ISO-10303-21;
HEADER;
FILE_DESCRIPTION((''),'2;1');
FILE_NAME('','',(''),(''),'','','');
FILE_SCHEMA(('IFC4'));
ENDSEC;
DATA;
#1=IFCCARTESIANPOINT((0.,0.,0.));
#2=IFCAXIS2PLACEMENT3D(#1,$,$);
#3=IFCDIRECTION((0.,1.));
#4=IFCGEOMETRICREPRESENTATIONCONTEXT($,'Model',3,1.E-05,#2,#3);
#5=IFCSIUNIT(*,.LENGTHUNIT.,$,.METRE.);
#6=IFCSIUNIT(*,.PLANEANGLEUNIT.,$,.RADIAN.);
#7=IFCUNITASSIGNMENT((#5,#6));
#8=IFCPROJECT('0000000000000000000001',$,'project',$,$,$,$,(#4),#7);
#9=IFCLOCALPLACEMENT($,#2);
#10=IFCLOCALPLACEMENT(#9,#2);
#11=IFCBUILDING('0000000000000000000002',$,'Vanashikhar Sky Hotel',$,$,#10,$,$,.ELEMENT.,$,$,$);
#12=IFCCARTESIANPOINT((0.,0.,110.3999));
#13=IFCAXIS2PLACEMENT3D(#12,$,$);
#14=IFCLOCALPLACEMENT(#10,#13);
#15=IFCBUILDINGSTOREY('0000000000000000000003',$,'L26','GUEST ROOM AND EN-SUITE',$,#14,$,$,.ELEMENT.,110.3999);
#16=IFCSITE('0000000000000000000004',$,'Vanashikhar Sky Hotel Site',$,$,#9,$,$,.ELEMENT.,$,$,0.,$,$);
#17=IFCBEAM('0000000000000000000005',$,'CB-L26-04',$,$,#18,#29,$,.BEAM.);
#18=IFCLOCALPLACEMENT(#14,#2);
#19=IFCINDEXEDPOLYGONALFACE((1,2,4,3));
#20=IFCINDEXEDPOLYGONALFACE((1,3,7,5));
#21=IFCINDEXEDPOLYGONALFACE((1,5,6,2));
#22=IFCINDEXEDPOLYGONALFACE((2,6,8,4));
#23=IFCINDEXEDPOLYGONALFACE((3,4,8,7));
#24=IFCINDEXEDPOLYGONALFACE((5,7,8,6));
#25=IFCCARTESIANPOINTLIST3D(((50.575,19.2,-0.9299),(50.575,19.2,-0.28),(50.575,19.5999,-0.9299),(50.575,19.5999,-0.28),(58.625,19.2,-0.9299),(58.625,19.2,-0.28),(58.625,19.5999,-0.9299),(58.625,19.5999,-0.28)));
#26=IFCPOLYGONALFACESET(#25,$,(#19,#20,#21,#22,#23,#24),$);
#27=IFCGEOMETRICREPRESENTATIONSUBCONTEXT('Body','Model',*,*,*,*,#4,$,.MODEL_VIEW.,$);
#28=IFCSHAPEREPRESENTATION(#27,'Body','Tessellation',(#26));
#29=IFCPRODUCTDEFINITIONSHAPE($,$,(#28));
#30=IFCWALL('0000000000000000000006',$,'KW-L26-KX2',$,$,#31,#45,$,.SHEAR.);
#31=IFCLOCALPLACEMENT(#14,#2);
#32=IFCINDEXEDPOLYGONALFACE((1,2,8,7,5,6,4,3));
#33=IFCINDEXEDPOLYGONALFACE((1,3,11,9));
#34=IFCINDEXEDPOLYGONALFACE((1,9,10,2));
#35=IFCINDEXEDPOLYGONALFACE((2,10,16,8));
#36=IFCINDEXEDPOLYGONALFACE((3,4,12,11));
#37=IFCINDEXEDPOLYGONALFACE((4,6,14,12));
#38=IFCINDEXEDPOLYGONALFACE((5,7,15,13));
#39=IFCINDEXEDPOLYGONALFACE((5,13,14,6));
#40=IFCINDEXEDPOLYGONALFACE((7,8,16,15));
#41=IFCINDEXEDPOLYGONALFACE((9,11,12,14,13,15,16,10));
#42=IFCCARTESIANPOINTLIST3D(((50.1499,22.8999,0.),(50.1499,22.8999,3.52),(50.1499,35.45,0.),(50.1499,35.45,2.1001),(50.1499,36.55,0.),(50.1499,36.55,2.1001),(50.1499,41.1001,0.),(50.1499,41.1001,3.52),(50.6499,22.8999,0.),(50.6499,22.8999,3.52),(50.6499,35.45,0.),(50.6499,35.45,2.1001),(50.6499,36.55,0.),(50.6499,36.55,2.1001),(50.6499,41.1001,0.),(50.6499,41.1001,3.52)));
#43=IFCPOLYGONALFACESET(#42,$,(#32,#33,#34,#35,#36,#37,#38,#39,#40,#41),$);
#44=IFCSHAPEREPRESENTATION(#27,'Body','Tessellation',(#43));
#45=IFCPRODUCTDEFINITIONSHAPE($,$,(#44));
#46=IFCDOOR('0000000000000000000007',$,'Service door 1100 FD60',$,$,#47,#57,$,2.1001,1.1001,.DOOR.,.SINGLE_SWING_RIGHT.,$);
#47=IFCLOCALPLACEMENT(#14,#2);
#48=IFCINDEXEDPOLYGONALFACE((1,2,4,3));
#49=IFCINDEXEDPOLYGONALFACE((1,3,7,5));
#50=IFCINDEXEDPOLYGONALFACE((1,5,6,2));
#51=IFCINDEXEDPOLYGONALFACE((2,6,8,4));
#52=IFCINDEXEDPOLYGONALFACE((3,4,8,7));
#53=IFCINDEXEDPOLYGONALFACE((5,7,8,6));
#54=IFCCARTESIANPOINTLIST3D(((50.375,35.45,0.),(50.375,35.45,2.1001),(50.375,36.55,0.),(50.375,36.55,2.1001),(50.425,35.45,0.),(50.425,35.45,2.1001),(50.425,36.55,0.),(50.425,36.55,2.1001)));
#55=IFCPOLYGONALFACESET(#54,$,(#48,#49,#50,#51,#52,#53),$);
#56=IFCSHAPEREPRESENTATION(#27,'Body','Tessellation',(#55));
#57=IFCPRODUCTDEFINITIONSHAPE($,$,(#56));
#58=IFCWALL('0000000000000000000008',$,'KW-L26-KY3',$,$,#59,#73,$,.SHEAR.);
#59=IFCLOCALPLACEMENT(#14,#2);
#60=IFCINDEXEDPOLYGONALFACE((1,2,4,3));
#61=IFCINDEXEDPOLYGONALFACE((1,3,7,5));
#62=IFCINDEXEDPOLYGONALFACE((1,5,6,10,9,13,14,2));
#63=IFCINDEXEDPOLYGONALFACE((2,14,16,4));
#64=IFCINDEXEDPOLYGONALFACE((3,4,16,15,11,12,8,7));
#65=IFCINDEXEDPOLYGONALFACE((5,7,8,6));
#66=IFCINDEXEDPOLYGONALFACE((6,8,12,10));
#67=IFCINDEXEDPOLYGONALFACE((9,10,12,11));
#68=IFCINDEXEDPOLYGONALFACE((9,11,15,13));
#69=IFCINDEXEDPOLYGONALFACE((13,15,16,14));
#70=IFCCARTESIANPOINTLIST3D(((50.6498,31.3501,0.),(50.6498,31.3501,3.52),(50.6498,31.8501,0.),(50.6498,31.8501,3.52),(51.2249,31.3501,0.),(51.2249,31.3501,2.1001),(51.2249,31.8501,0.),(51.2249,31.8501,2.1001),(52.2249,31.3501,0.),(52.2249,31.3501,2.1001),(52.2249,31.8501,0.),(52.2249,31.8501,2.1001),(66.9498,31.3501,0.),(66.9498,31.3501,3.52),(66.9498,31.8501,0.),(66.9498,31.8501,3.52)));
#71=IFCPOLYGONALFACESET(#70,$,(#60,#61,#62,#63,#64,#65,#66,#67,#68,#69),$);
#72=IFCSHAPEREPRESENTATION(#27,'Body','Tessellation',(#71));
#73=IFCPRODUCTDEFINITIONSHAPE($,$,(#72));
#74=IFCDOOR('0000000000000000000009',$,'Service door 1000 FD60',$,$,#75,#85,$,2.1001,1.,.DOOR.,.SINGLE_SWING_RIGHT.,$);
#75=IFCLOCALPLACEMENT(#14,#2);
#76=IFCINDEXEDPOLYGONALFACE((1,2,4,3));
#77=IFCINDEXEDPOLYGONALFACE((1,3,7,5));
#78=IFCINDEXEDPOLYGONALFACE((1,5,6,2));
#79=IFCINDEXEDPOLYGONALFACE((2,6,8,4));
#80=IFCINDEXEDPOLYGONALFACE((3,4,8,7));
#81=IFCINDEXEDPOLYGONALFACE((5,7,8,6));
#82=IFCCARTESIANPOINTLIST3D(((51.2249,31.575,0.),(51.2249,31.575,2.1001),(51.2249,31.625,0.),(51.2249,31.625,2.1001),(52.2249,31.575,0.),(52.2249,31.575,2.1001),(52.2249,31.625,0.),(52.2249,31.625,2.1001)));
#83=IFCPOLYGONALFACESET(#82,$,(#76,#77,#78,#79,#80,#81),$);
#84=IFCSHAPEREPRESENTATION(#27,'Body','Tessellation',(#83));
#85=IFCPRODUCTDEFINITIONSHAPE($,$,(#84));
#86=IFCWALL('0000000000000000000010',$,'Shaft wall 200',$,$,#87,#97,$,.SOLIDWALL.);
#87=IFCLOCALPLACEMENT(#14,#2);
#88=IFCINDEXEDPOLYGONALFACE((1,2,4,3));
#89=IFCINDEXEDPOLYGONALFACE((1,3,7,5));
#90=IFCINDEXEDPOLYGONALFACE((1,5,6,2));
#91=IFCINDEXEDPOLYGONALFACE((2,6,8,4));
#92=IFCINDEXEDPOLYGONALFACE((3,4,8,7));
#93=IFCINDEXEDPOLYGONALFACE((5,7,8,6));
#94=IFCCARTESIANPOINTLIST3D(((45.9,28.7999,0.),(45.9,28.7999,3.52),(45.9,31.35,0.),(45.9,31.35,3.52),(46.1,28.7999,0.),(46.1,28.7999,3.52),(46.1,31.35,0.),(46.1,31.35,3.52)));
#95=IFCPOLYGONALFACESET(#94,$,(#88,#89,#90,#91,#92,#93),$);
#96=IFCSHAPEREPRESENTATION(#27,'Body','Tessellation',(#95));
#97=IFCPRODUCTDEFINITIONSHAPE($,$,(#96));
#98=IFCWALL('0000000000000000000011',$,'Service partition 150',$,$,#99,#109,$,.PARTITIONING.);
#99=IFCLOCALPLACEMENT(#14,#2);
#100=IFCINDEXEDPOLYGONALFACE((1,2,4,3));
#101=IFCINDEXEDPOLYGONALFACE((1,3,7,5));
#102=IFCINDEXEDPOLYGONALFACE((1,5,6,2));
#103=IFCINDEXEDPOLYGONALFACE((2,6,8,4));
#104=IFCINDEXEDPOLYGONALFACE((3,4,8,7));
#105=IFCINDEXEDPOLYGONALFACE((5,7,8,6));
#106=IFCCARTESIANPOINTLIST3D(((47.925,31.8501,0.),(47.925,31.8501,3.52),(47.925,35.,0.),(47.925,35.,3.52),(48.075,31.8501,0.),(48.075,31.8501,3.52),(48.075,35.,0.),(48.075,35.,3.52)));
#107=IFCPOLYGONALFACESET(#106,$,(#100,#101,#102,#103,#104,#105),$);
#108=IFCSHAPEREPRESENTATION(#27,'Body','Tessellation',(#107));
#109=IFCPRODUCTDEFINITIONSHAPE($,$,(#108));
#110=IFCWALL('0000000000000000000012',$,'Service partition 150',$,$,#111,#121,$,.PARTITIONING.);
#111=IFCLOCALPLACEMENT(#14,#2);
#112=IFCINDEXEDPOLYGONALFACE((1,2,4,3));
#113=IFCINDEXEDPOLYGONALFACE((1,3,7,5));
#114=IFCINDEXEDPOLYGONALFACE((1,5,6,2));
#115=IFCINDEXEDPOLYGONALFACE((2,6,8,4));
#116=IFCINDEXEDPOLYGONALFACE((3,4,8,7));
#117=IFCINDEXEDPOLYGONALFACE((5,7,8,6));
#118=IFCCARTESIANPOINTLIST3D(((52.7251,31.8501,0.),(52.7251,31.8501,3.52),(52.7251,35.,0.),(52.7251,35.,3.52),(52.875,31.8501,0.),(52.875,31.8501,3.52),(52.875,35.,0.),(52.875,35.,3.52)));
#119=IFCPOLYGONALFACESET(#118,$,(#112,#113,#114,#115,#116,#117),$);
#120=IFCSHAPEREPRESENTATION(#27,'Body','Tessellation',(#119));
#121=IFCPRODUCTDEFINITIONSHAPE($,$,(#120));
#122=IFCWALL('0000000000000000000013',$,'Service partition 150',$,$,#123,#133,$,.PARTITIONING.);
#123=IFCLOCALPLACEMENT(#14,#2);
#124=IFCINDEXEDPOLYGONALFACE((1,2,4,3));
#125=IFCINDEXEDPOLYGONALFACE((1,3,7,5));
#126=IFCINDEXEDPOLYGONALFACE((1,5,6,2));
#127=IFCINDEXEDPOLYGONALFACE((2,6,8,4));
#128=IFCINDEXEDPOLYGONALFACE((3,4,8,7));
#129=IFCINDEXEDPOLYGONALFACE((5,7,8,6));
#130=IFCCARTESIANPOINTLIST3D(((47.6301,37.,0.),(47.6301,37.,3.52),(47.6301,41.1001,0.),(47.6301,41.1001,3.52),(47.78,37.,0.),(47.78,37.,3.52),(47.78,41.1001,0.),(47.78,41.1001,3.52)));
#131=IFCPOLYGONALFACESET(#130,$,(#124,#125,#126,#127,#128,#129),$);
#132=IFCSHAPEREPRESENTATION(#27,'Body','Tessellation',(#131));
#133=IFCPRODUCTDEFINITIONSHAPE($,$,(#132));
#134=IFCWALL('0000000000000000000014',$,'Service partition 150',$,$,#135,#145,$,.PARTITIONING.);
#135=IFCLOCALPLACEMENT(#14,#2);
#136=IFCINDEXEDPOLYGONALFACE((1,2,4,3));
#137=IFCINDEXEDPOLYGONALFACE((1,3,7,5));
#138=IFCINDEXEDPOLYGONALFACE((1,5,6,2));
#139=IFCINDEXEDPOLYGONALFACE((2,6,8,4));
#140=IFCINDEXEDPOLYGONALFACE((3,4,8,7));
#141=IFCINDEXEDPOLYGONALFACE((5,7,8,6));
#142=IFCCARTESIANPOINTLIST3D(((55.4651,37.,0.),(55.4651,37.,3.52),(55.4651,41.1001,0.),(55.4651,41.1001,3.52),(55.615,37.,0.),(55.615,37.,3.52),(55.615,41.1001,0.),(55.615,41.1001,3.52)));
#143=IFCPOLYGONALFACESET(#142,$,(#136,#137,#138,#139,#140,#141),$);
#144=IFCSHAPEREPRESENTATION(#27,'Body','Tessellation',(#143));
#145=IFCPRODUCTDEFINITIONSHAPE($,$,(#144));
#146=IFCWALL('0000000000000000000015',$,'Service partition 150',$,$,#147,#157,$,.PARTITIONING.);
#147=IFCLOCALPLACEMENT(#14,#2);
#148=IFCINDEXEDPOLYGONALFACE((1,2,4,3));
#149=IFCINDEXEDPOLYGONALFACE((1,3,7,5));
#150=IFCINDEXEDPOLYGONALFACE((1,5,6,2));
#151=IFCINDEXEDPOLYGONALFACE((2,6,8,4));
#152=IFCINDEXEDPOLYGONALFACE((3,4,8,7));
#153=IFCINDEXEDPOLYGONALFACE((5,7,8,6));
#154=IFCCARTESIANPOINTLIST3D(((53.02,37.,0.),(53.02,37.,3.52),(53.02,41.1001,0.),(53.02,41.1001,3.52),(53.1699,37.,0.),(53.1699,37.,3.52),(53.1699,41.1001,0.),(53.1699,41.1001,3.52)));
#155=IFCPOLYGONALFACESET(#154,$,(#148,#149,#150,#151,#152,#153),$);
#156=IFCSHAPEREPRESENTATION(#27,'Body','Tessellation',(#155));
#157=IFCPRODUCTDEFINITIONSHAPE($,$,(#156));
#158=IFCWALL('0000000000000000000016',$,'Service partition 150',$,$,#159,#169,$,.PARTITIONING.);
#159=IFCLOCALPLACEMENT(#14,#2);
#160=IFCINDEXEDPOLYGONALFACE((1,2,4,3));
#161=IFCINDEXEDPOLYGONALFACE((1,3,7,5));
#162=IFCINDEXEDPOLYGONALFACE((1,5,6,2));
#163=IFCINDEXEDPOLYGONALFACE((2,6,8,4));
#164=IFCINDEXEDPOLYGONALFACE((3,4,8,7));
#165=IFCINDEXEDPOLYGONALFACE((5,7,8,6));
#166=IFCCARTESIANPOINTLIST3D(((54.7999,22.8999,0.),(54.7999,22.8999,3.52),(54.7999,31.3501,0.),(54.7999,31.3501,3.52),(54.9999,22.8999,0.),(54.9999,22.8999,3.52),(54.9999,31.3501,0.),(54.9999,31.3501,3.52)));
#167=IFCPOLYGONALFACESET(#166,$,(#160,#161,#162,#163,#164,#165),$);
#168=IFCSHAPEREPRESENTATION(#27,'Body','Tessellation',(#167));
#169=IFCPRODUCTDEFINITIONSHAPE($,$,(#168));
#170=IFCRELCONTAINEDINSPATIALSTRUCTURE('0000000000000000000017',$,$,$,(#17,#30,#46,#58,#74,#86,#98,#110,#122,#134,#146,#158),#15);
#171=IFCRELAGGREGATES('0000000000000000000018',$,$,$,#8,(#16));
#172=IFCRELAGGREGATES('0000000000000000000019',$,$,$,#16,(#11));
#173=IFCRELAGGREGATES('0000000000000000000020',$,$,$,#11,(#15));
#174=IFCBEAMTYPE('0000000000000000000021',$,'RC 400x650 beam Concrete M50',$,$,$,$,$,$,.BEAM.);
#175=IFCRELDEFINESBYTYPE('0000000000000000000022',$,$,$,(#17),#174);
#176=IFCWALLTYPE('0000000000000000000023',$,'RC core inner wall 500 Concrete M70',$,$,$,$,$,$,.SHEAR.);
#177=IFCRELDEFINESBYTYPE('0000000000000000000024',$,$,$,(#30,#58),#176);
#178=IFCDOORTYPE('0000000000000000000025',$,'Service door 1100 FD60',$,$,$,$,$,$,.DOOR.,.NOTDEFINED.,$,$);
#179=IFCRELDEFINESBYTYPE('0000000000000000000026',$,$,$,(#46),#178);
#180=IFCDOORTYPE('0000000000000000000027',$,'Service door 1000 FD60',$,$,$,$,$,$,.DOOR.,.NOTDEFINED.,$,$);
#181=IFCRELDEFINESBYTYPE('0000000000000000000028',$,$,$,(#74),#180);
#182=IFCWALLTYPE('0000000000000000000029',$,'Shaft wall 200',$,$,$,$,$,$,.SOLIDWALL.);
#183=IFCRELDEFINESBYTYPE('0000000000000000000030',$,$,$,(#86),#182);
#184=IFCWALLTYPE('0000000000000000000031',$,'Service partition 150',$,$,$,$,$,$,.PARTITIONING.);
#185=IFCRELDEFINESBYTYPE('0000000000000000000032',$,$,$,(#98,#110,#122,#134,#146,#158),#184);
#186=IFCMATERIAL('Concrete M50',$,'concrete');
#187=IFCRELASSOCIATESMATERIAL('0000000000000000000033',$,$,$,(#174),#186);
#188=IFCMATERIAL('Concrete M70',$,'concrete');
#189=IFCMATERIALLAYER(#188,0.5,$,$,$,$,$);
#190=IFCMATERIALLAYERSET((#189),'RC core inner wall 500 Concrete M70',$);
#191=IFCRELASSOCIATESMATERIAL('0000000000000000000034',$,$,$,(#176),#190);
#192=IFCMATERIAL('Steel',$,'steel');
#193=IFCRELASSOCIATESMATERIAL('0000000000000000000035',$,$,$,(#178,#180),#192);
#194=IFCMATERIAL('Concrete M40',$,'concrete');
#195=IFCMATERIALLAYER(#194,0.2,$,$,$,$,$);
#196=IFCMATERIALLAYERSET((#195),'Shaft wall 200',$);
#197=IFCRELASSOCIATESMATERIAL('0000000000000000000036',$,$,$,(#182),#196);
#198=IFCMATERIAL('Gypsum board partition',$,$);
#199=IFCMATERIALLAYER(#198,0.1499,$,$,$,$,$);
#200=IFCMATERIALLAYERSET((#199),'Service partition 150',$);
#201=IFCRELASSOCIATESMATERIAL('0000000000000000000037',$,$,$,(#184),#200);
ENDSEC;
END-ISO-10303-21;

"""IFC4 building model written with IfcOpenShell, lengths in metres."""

from ifc_helpers import new_model, si_unit, direction, frame, frame_2d, origin, origin_2d, place, context, subcontext, project, spatial, rectangle, extrude, source, transform, mapped, material, layer, layer_set, material_profile, profile_set, type_object, element, fill, save


model = new_model("IFC4")

# Units and contexts
model_context = context("Model", 3, precision=1e-05, world=origin(), true_north=direction((0.0, 1.0)))
body_context = subcontext(model_context, "Body", "Model", "MODEL_VIEW")
ifc_project = project(units=[si_unit("LENGTHUNIT", "METRE"), si_unit("PLANEANGLEUNIT", "RADIAN")], contexts=[model_context])

# Site, building, storey
site_placement = place(None, origin())
site = spatial("IfcSite", under=ifc_project, at=site_placement, Name="Vanashikhar Sky Hotel Site", CompositionType="ELEMENT", RefElevation=0.0)
building_placement = place(site_placement, origin())
building = spatial("IfcBuilding", under=site, at=building_placement, Name="Vanashikhar Sky Hotel", CompositionType="ELEMENT")
storey_placement = place(building_placement, frame((0.0, 0.0, 110.3999)))
storey = spatial("IfcBuildingStorey", under=building, at=storey_placement, Name="L26", Description="GUEST ROOM AND EN-SUITE", CompositionType="ELEMENT", Elevation=110.3999)

# Beam
ifc_material_1 = material(Name="Concrete M50", Category="concrete")
ifc_material_profile = material_profile(ifc_material_1, rectangle(XDim=0.3999, YDim=0.6499, at=origin_2d()))
ifc_profile_set = profile_set([ifc_material_profile], Name="RC 400x650 beam Concrete M50")
beam_type = type_object("IfcBeamType", Name="RC 400x650 beam Concrete M50", PredefinedType="BEAM", material=ifc_profile_set)
shared_shape_1 = source(origin(), body_context, "Body", "SweptSolid", [
    extrude(rectangle(XDim=0.3999, YDim=0.6499, at=origin_2d()), origin(), (0.0, 0.0, 1.0), 8.05),
])
beam_placement = place(storey_placement, frame((50.575, 19.3999, -0.605), z_axis=(1.0, 0.0, 0.0), x_axis=(0.0, 1.0, 0.0)))
element("IfcBeam", 1, at=beam_placement, inside=storey, type_object=beam_type, Name="CB-L26-04", PredefinedType="BEAM", context=body_context, shape_type="MappedRepresentation", body=[
    mapped(shared_shape_1, transform((0.0, 0.0, 0.0), scale=1.0)),
])

# Walls, openings, doors
ifc_material_2 = material(Name="Concrete M70", Category="concrete")
ifc_layer_1 = layer(ifc_material_2, 0.5)
ifc_layer_set_1 = layer_set([ifc_layer_1], Name="RC core inner wall 500 Concrete M70")
wall_type_1 = type_object("IfcWallType", Name="RC core inner wall 500 Concrete M70", PredefinedType="SHEAR", material=ifc_layer_set_1)
shared_shape_2 = source(origin(), body_context, "Body", "SweptSolid", [
    extrude(rectangle(XDim=18.2002, YDim=0.5, at=frame_2d((9.1001, 0.0))), origin(), (0.0, 0.0, 1.0), 3.52),
])
wall_1_placement = place(storey_placement, frame((50.3999, 22.8999, 0.0), z_axis=(0.0, 0.0, 1.0), x_axis=(0.0, 1.0, 0.0)))
wall_1 = element("IfcWall", 2, at=wall_1_placement, inside=storey, type_object=wall_type_1, Name="KW-L26-KX2", PredefinedType="SHEAR", context=body_context, shape_type="MappedRepresentation", body=[
    mapped(shared_shape_2, transform((0.0, 0.0, 0.0), scale=1.0)),
])
shared_shape_3 = source(origin(), body_context, "Body", "SweptSolid", [
    extrude(rectangle(XDim=1.1001, YDim=2.1001, at=frame_2d((0.55, 1.05))), frame((0.0, 0.26, 0.0), z_axis=(0.0, -1.0, 0.0), x_axis=(1.0, 0.0, 0.0)), (0.0, 0.0, 1.0), 0.52),
])
opening_1_placement = place(wall_1_placement, frame((12.55, 0.0, 0.0)))
opening_1 = element("IfcOpeningElement", 3, at=opening_1_placement, cuts=wall_1, PredefinedType="OPENING", context=body_context, shape_type="MappedRepresentation", body=[
    mapped(shared_shape_3, transform((0.0, 0.0, 0.0), scale=1.0)),
])
ifc_material_3 = material(Name="Steel", Category="steel")
door_type_1 = type_object("IfcDoorType", Name="Service door 1100 FD60", OperationType="NOTDEFINED", PredefinedType="DOOR", material=ifc_material_3)
shared_shape_4 = source(origin(), body_context, "Body", "SweptSolid", [
    extrude(rectangle(XDim=1.1001, YDim=2.1001, at=frame_2d((0.55, 1.05))), frame((0.0, 0.0249, 0.0), z_axis=(0.0, -1.0, 0.0), x_axis=(1.0, 0.0, 0.0)), (0.0, 0.0, 1.0), 0.05),
])
door_1_placement = place(opening_1_placement, origin())
door_1 = element("IfcDoor", 4, at=door_1_placement, inside=storey, type_object=door_type_1, Name="Service door 1100 FD60", OperationType="SINGLE_SWING_RIGHT", OverallHeight=2.1001, OverallWidth=1.1001, PredefinedType="DOOR", context=body_context, shape_type="MappedRepresentation", body=[
    mapped(shared_shape_4, transform((0.0, 0.0, 0.0), scale=1.0)),
])
fill(opening_1, door_1)
shared_shape_5 = source(origin(), body_context, "Body", "SweptSolid", [
    extrude(rectangle(XDim=16.3, YDim=0.5, at=frame_2d((8.1499, 0.0))), origin(), (0.0, 0.0, 1.0), 3.52),
])
wall_2_placement = place(storey_placement, frame((50.6499, 31.6001, 0.0), z_axis=(0.0, 0.0, 1.0), x_axis=(1.0, 0.0, 0.0)))
wall_2 = element("IfcWall", 5, at=wall_2_placement, inside=storey, type_object=wall_type_1, Name="KW-L26-KY3", PredefinedType="SHEAR", context=body_context, shape_type="MappedRepresentation", body=[
    mapped(shared_shape_5, transform((0.0, 0.0, 0.0), scale=1.0)),
])
shared_shape_6 = source(origin(), body_context, "Body", "SweptSolid", [
    extrude(rectangle(XDim=1.0, YDim=2.1001, at=frame_2d((0.5, 1.05))), frame((0.0, 0.26, 0.0), z_axis=(0.0, -1.0, 0.0), x_axis=(1.0, 0.0, 0.0)), (0.0, 0.0, 1.0), 0.52),
])
opening_2_placement = place(wall_2_placement, frame((0.575, 0.0, 0.0)))
opening_2 = element("IfcOpeningElement", 6, at=opening_2_placement, cuts=wall_2, PredefinedType="OPENING", context=body_context, shape_type="MappedRepresentation", body=[
    mapped(shared_shape_6, transform((0.0, 0.0, 0.0), scale=1.0)),
])
door_type_2 = type_object("IfcDoorType", Name="Service door 1000 FD60", OperationType="NOTDEFINED", PredefinedType="DOOR", material=ifc_material_3)
shared_shape_7 = source(origin(), body_context, "Body", "SweptSolid", [
    extrude(rectangle(XDim=1.0, YDim=2.1001, at=frame_2d((0.5, 1.05))), frame((0.0, 0.0249, 0.0), z_axis=(0.0, -1.0, 0.0), x_axis=(1.0, 0.0, 0.0)), (0.0, 0.0, 1.0), 0.05),
])
door_2_placement = place(opening_2_placement, origin())
door_2 = element("IfcDoor", 7, at=door_2_placement, inside=storey, type_object=door_type_2, Name="Service door 1000 FD60", OperationType="SINGLE_SWING_RIGHT", OverallHeight=2.1001, OverallWidth=1.0, PredefinedType="DOOR", context=body_context, shape_type="MappedRepresentation", body=[
    mapped(shared_shape_7, transform((0.0, 0.0, 0.0), scale=1.0)),
])
fill(opening_2, door_2)

# Walls
ifc_material_4 = material(Name="Concrete M40", Category="concrete")
ifc_layer_2 = layer(ifc_material_4, 0.2)
ifc_layer_set_2 = layer_set([ifc_layer_2], Name="Shaft wall 200")
wall_type_2 = type_object("IfcWallType", Name="Shaft wall 200", PredefinedType="SOLIDWALL", material=ifc_layer_set_2)
shared_shape_8 = source(origin(), body_context, "Body", "SweptSolid", [
    extrude(rectangle(XDim=2.55, YDim=0.2, at=frame_2d((1.2749, 0.0))), origin(), (0.0, 0.0, 1.0), 3.52),
])
wall_3_placement = place(storey_placement, frame((46.0, 28.8, 0.0), z_axis=(0.0, 0.0, 1.0), x_axis=(0.0, 1.0, 0.0)))
element("IfcWall", 8, at=wall_3_placement, inside=storey, type_object=wall_type_2, Name="Shaft wall 200", PredefinedType="SOLIDWALL", context=body_context, shape_type="MappedRepresentation", body=[
    mapped(shared_shape_8, transform((0.0, 0.0, 0.0), scale=1.0)),
])
ifc_material_5 = material(Name="Gypsum board partition")
ifc_layer_3 = layer(ifc_material_5, 0.1499)
ifc_layer_set_3 = layer_set([ifc_layer_3], Name="Service partition 150")
wall_type_3 = type_object("IfcWallType", Name="Service partition 150", PredefinedType="PARTITIONING", material=ifc_layer_set_3)
shared_shape_9 = source(origin(), body_context, "Body", "SweptSolid", [
    extrude(rectangle(XDim=3.1499, YDim=0.1499, at=frame_2d((1.575, 0.0))), origin(), (0.0, 0.0, 1.0), 3.52),
])
for number, where, z_axis, x_axis, name in (
    (9, (48.0, 31.8501, 0.0), (0.0, 0.0, 1.0), (0.0, 1.0, 0.0), "Service partition 150"),
    (10, (52.8, 31.8501, 0.0), (0.0, 0.0, 1.0), (0.0, 1.0, 0.0), "Service partition 150"),
):
    element("IfcWall", number, at=place(storey_placement, frame(where, z_axis=z_axis, x_axis=x_axis)), inside=storey, type_object=wall_type_3, Name=name, PredefinedType="PARTITIONING", context=body_context, shape_type="MappedRepresentation", body=[
        mapped(shared_shape_9, transform((0.0, 0.0, 0.0), scale=1.0)),
    ])
shared_shape_10 = source(origin(), body_context, "Body", "SweptSolid", [
    extrude(rectangle(XDim=4.1001, YDim=0.1499, at=frame_2d((2.05, 0.0))), origin(), (0.0, 0.0, 1.0), 3.52),
])
for number, where, z_axis, x_axis, name in (
    (11, (47.7051, 37.0, 0.0), (0.0, 0.0, 1.0), (0.0, 1.0, 0.0), "Service partition 150"),
    (12, (55.54, 37.0, 0.0), (0.0, 0.0, 1.0), (0.0, 1.0, 0.0), "Service partition 150"),
    (13, (53.095, 37.0, 0.0), (0.0, 0.0, 1.0), (0.0, 1.0, 0.0), "Service partition 150"),
):
    element("IfcWall", number, at=place(storey_placement, frame(where, z_axis=z_axis, x_axis=x_axis)), inside=storey, type_object=wall_type_3, Name=name, PredefinedType="PARTITIONING", context=body_context, shape_type="MappedRepresentation", body=[
        mapped(shared_shape_10, transform((0.0, 0.0, 0.0), scale=1.0)),
    ])
shared_shape_11 = source(origin(), body_context, "Body", "SweptSolid", [
    extrude(rectangle(XDim=8.4502, YDim=0.2, at=frame_2d((4.2251, 0.0))), origin(), (0.0, 0.0, 1.0), 3.52),
])
wall_4_placement = place(storey_placement, frame((54.8999, 22.8999, 0.0), z_axis=(0.0, 0.0, 1.0), x_axis=(0.0, 1.0, 0.0)))
element("IfcWall", 14, at=wall_4_placement, inside=storey, type_object=wall_type_3, Name="Service partition 150", PredefinedType="PARTITIONING", context=body_context, shape_type="MappedRepresentation", body=[
    mapped(shared_shape_11, transform((0.0, 0.0, 0.0), scale=1.0)),
])

save(model, "model.ifc")
